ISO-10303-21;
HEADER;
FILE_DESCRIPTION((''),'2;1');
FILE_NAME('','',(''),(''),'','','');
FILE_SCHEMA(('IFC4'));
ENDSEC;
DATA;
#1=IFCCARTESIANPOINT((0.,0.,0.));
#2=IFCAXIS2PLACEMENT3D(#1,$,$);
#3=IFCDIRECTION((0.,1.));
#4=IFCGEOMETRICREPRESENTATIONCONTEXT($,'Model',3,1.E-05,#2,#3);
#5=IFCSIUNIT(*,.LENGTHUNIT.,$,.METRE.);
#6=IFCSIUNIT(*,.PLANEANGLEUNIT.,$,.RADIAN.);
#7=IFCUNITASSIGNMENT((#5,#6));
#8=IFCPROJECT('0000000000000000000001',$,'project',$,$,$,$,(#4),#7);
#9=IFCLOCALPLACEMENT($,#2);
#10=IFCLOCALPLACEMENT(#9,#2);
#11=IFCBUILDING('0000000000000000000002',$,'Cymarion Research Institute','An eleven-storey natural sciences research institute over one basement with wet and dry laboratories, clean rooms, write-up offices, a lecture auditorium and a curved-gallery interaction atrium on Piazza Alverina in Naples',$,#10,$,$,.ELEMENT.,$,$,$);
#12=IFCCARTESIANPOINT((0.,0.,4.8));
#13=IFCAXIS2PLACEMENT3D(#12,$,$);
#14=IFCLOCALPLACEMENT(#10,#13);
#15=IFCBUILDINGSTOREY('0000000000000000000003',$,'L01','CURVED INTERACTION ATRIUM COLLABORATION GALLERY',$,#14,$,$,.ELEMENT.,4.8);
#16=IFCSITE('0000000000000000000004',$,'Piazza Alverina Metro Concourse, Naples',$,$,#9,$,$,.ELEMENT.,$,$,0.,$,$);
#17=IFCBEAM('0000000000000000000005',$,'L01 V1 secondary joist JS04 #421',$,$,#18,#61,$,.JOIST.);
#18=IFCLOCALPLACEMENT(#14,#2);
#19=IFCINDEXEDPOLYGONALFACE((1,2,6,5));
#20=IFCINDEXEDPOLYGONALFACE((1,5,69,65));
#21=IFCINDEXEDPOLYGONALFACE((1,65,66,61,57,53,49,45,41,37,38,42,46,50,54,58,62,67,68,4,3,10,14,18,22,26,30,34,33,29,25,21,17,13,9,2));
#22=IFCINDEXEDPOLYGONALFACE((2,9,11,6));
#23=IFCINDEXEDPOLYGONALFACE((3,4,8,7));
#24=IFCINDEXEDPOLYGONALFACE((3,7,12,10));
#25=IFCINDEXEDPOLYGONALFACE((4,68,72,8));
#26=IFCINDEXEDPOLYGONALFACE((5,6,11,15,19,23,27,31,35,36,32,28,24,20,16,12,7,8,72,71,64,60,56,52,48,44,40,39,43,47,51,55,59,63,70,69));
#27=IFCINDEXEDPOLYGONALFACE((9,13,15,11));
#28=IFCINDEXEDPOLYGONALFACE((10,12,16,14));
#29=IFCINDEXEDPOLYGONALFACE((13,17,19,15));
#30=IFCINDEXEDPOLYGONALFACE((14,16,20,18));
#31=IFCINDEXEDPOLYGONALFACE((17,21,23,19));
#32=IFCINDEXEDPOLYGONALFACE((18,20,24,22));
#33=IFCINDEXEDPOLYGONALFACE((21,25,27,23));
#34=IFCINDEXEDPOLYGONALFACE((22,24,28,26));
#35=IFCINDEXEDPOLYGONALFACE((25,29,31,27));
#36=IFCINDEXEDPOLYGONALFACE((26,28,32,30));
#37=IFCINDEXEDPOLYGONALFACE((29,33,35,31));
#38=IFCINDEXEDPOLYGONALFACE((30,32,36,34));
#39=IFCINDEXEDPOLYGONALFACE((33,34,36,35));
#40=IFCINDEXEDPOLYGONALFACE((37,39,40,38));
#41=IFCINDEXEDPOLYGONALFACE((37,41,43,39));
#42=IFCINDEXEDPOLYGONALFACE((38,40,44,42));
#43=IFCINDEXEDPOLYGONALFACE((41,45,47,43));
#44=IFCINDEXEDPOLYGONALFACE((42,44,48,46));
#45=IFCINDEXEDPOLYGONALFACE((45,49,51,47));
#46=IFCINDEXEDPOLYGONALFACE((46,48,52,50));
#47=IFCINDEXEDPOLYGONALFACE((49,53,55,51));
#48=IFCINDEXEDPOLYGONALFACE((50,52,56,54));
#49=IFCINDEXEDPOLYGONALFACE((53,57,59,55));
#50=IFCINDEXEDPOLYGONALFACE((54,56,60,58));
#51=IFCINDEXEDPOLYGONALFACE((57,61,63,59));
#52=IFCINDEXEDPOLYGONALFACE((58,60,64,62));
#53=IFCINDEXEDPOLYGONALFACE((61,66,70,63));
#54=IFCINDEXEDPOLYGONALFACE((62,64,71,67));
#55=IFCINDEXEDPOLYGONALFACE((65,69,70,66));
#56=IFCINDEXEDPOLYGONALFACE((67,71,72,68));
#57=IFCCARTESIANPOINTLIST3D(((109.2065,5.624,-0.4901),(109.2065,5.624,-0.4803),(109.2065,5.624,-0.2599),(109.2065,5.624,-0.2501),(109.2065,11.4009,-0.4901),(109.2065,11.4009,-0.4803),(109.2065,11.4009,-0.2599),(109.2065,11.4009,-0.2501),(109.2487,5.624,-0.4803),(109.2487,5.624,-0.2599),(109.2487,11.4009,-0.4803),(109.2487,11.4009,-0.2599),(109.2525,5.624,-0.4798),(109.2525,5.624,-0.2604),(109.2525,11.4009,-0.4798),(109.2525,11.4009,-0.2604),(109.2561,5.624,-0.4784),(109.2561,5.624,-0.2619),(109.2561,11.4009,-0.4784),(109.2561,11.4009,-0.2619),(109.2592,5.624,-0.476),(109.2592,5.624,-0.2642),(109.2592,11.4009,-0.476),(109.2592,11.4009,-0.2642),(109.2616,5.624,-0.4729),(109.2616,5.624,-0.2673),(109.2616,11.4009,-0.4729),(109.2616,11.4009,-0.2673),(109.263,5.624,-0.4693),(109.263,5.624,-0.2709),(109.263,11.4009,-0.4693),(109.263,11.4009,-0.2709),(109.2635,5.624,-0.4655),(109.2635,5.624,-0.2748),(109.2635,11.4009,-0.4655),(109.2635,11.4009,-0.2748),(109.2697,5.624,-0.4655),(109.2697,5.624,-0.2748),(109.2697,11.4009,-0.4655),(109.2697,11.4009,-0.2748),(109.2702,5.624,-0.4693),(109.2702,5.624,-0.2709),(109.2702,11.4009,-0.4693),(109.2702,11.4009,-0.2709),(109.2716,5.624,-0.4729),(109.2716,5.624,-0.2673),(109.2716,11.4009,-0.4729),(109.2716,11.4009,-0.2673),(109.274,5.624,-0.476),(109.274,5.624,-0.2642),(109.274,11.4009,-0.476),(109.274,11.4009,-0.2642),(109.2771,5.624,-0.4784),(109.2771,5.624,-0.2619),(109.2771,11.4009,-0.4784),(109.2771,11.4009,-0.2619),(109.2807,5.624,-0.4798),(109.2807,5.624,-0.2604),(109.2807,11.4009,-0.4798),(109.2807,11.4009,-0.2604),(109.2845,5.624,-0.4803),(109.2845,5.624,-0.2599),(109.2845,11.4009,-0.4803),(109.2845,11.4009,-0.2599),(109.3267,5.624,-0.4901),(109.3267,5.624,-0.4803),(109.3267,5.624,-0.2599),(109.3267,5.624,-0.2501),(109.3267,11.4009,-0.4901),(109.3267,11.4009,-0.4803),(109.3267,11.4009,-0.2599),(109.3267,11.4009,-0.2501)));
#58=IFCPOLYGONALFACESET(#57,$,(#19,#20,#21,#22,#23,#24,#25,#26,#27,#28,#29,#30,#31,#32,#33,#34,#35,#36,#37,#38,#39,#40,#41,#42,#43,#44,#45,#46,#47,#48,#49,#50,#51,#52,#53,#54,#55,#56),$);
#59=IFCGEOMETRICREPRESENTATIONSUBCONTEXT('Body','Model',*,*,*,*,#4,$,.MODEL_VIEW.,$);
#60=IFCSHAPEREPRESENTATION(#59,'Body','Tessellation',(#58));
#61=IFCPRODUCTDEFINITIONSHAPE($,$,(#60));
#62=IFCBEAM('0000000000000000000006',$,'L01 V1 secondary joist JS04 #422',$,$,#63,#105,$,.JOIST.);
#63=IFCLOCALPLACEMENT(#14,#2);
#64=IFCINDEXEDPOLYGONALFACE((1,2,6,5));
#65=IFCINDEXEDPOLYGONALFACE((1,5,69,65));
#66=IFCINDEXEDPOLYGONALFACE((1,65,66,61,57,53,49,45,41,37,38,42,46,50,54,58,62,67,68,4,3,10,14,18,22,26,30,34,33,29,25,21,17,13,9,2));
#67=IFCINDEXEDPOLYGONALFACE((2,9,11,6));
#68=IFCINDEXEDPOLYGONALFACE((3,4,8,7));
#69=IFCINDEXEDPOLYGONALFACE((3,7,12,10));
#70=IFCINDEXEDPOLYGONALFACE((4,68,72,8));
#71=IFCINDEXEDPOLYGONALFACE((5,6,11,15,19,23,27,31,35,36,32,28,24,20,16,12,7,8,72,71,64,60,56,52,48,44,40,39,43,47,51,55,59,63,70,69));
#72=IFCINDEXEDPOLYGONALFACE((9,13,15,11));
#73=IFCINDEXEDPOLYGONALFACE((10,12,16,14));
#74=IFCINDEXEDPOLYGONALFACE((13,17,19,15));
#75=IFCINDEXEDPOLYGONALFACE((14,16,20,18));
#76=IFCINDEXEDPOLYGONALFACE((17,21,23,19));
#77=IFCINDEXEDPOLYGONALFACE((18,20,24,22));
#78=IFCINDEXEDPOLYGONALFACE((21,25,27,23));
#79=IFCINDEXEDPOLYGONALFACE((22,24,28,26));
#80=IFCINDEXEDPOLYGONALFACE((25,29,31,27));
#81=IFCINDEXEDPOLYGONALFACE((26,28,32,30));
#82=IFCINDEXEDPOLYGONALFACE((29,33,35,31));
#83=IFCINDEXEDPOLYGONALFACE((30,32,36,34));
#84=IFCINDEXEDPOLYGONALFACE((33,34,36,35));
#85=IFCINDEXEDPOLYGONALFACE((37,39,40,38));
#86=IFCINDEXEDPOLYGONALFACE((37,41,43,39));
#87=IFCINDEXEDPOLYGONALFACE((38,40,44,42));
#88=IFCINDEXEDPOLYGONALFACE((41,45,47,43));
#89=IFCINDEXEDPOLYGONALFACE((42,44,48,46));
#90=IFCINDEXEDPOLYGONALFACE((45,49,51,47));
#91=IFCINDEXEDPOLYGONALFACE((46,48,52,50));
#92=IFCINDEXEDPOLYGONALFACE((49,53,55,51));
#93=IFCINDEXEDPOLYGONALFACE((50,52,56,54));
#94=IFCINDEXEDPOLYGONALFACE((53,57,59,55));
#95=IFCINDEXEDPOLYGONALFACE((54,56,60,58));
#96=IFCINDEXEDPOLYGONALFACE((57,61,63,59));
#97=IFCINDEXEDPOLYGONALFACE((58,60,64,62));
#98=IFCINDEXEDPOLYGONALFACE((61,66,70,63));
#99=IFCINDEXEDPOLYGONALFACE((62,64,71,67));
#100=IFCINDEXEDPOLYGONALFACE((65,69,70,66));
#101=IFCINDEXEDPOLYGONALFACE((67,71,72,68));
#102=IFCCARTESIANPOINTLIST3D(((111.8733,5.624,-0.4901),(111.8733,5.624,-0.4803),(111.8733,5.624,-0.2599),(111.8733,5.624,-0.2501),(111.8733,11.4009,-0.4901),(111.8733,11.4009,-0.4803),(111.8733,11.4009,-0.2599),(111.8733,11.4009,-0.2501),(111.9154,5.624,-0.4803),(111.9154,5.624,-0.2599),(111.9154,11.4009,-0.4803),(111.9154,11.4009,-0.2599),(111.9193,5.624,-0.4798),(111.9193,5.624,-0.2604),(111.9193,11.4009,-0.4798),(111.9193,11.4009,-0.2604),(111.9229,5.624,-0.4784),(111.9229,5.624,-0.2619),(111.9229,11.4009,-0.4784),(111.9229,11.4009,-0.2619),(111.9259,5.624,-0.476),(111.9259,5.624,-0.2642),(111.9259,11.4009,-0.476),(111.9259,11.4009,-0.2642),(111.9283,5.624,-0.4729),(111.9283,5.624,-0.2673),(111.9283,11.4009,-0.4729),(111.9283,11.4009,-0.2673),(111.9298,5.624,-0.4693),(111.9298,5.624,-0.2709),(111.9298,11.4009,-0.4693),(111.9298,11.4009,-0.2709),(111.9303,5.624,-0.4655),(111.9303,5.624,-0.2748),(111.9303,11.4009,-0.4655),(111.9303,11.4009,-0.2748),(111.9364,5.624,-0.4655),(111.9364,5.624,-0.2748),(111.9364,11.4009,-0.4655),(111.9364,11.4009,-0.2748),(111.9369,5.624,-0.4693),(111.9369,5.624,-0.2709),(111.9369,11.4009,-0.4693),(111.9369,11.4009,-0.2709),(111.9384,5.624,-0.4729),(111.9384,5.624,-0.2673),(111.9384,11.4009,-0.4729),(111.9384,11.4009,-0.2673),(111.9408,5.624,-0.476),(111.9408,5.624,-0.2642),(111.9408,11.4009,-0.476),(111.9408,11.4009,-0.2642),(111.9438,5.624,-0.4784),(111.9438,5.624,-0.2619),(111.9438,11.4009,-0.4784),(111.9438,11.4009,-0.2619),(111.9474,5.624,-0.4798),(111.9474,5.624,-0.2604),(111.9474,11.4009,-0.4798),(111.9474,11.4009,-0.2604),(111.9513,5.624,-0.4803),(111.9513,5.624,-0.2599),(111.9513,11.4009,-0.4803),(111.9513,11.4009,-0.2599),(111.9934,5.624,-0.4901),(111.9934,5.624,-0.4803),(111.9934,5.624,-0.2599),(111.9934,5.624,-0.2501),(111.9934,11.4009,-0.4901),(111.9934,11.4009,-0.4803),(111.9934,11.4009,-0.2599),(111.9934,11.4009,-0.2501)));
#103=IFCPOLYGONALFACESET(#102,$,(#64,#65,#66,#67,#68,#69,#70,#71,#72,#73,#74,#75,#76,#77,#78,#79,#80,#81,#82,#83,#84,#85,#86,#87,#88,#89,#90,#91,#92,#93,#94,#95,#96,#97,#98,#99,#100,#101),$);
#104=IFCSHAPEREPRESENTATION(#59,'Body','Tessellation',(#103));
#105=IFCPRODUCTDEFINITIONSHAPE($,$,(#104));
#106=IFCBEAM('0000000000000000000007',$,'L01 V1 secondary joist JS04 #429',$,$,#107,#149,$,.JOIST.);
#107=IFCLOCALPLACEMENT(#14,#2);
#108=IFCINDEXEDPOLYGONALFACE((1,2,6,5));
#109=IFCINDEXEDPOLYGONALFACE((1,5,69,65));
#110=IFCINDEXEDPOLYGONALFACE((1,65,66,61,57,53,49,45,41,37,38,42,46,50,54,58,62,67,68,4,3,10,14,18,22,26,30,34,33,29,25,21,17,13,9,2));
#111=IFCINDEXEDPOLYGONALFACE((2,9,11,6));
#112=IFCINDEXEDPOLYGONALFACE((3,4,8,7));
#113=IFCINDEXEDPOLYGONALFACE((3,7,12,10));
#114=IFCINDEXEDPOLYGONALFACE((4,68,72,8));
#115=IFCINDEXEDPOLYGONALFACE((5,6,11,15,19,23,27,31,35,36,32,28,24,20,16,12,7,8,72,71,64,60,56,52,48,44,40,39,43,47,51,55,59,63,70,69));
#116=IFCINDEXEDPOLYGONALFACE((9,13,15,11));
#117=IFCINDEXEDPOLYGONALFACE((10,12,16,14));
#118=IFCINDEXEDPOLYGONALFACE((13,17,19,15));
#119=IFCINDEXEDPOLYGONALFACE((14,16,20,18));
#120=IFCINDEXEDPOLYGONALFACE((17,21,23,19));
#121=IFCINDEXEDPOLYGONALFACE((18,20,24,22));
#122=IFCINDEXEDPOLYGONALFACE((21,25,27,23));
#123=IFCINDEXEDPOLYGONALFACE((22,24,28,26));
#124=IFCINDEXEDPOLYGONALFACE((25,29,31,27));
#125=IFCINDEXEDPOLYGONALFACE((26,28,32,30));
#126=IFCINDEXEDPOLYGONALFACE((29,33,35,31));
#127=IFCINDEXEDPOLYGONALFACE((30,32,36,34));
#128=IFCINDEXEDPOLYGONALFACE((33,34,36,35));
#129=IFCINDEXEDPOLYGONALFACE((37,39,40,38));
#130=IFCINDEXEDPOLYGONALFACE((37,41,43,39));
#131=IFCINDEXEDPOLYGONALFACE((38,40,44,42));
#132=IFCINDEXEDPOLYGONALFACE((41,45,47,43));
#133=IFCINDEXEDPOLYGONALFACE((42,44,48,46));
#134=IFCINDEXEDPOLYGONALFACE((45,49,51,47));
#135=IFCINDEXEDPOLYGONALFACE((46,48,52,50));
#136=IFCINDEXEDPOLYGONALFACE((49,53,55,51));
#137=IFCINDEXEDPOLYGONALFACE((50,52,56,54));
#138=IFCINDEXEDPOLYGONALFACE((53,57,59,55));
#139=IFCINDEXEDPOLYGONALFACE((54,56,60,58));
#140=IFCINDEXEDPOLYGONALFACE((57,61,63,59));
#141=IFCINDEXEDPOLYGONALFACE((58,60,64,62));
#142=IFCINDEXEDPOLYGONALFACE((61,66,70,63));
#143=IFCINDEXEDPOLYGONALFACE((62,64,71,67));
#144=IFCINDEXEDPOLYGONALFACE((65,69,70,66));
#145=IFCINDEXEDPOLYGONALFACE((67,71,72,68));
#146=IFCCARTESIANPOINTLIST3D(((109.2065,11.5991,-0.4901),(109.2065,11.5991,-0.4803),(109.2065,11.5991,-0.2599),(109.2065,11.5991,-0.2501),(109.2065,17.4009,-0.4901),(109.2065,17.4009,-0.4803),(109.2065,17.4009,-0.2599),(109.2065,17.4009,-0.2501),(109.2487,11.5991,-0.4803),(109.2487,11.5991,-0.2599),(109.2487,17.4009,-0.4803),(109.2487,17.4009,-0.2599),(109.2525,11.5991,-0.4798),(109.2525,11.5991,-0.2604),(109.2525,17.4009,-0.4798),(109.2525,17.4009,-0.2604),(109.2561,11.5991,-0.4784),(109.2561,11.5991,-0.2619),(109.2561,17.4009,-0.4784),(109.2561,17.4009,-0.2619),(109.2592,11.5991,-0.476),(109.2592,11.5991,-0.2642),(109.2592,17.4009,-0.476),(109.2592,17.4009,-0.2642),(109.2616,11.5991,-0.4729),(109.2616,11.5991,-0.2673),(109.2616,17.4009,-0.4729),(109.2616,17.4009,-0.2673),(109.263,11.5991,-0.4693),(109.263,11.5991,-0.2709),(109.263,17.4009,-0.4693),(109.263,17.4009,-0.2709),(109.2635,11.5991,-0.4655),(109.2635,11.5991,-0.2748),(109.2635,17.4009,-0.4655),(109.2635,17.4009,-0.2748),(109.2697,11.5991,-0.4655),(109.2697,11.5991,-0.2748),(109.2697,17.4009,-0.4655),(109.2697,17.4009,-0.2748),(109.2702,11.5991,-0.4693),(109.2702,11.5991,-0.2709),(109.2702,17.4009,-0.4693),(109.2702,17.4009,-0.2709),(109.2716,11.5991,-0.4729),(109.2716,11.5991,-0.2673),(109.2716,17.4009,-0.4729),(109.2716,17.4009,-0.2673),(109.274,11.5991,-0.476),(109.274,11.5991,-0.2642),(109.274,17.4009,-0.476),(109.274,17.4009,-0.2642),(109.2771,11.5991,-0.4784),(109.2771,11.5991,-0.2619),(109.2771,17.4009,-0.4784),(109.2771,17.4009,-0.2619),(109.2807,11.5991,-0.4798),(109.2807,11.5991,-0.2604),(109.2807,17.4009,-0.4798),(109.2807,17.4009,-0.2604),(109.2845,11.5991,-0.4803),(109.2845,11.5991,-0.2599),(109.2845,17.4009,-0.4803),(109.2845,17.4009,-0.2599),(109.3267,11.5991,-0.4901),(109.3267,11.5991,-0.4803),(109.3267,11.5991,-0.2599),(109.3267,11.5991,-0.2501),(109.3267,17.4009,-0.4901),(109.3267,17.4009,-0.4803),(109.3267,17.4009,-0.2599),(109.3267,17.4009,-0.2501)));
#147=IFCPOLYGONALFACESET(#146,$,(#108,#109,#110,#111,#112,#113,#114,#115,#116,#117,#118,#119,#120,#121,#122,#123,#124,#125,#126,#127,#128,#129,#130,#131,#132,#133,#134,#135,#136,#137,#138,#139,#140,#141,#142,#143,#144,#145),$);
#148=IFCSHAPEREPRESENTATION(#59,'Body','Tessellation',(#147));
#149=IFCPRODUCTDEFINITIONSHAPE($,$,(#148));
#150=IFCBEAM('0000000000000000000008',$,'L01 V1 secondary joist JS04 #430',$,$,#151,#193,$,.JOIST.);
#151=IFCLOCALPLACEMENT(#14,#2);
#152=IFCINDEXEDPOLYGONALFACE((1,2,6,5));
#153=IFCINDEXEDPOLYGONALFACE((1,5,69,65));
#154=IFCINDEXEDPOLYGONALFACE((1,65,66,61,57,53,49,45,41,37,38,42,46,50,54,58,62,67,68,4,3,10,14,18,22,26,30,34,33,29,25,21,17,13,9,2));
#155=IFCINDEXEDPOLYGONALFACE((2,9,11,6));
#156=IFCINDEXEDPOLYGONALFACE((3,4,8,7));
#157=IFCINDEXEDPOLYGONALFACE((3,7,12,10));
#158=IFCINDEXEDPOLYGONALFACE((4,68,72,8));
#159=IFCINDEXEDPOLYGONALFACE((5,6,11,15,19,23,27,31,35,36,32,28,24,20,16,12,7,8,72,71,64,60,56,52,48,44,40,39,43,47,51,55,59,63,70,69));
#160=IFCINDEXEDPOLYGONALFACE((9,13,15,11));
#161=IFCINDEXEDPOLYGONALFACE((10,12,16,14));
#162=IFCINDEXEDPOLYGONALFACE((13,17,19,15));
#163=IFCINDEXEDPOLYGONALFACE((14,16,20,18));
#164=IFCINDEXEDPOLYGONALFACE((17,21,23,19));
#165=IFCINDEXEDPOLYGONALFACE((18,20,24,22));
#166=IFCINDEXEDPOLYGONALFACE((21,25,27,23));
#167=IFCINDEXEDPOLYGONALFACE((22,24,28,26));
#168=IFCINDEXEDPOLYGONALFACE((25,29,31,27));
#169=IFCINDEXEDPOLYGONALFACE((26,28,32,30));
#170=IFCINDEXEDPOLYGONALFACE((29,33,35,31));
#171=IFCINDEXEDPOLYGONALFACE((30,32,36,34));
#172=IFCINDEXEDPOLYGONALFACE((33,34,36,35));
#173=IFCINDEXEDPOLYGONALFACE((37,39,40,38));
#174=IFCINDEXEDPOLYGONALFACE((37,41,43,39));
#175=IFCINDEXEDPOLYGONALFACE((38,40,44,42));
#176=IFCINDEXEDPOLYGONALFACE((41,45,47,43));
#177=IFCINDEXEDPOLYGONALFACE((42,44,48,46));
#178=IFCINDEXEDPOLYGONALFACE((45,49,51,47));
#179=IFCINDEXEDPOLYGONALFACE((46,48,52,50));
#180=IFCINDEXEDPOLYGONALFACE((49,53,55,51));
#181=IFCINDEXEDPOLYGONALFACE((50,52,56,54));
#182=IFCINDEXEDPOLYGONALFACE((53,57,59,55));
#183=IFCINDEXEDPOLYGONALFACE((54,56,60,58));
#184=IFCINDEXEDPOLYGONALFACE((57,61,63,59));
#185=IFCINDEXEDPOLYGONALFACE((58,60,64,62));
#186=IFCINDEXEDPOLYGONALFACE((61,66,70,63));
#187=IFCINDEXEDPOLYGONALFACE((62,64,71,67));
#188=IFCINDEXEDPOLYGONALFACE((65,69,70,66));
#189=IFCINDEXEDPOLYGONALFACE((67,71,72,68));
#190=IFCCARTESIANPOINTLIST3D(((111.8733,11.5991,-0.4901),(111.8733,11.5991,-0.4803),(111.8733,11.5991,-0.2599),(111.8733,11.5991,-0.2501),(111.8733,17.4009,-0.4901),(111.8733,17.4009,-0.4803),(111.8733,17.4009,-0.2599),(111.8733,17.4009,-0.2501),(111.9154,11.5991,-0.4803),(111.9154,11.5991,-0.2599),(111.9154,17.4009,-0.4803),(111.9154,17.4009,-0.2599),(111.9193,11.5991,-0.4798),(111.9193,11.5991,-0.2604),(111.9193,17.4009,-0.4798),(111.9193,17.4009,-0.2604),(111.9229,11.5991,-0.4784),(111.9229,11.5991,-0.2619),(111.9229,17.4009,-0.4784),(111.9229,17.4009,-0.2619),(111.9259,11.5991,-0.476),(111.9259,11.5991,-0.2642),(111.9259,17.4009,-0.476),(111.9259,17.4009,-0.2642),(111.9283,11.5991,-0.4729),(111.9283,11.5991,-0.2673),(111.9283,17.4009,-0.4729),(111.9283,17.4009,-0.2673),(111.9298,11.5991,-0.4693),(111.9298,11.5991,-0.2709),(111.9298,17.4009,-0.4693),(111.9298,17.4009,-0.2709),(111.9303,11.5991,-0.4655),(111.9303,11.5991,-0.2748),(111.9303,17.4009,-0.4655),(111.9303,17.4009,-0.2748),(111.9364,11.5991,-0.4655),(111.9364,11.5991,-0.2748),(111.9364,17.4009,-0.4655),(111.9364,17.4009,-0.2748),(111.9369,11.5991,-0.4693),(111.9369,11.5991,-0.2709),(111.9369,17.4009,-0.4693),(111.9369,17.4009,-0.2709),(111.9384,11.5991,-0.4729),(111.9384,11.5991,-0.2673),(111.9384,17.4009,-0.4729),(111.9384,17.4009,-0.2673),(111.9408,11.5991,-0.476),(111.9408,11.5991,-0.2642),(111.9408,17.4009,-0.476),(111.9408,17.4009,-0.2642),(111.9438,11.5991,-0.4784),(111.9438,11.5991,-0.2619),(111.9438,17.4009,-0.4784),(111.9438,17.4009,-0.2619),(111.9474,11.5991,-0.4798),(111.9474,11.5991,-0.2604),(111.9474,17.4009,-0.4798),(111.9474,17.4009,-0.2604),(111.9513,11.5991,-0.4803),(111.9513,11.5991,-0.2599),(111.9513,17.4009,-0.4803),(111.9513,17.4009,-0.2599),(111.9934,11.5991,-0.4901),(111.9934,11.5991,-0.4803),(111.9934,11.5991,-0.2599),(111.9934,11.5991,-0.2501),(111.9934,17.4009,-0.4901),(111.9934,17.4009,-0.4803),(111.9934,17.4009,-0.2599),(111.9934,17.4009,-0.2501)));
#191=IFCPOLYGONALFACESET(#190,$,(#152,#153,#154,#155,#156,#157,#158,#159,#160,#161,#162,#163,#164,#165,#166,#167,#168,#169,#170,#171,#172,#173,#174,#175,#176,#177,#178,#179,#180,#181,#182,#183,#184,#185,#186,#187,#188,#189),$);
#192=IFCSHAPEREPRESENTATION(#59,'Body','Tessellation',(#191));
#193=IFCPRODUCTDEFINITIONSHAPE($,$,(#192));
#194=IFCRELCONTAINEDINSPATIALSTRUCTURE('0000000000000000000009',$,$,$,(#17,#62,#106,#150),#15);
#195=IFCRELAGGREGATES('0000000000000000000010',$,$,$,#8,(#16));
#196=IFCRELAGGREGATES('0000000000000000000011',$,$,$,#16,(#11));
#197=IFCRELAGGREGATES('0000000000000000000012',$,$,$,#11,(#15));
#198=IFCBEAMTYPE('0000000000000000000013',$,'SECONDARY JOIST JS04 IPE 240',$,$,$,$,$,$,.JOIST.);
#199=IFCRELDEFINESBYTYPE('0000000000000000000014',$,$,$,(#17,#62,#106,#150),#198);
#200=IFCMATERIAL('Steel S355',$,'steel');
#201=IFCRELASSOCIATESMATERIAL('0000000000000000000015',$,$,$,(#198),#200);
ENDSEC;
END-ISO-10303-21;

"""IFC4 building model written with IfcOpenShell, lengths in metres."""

from ifc_helpers import new_model, si_unit, direction, frame, origin, origin_2d, place, context, subcontext, project, spatial, i_section, extrude, material, material_profile, profile_set, type_object, element, save


model = new_model("IFC4")

# Units and contexts
model_context = context("Model", 3, precision=1e-05, world=origin(), true_north=direction((0.0, 1.0)))
body_context = subcontext(model_context, "Body", "Model", "MODEL_VIEW")
ifc_project = project(units=[si_unit("LENGTHUNIT", "METRE"), si_unit("PLANEANGLEUNIT", "RADIAN")], contexts=[model_context])

# Site, building, storey
site_placement = place(None, origin())
site = spatial("IfcSite", under=ifc_project, at=site_placement, Name="Piazza Alverina Metro Concourse, Naples", CompositionType="ELEMENT", RefElevation=0.0)
building_placement = place(site_placement, origin())
building = spatial("IfcBuilding", under=site, at=building_placement, Name="Cymarion Research Institute", Description="An eleven-storey natural sciences research institute over one basement with wet and dry laboratories, clean rooms, write-up offices, a lecture auditorium and a curved-gallery interaction atrium on Piazza Alverina in Naples", CompositionType="ELEMENT")
storey_placement = place(building_placement, frame((0.0, 0.0, 4.8)))
storey = spatial("IfcBuildingStorey", under=building, at=storey_placement, Name="L01", Description="CURVED INTERACTION ATRIUM COLLABORATION GALLERY", CompositionType="ELEMENT", Elevation=4.8)

# Shared definitions
ifc_material_1 = material(Name="Steel S355", Category="steel")

# Beams
ifc_material_profile_1 = material_profile(ifc_material_1, i_section(OverallWidth=0.1201, OverallDepth=0.24, WebThickness=0.0061, FlangeThickness=0.0098, FilletRadius=0.0149, at=origin_2d()), Name="IPE 240")
ifc_profile_set_1 = profile_set([ifc_material_profile_1], Name="Steel S355")
beam_type_1 = type_object("IfcBeamType", Name="SECONDARY JOIST JS04 IPE 240", PredefinedType="JOIST", material=ifc_profile_set_1)
for number, where, z_axis, x_axis, name in (
    (1, (109.2666, 5.624, -0.3701), (0.0, 1.0, 0.0), (-1.0, 0.0, 0.0), "L01 V1 secondary joist JS04 #421"),
    (2, (111.9333, 5.624, -0.3701), (0.0, 1.0, 0.0), (-1.0, 0.0, 0.0), "L01 V1 secondary joist JS04 #422"),
):
    element("IfcBeam", number, at=place(storey_placement, frame(where, z_axis=z_axis, x_axis=x_axis)), inside=storey, type_object=beam_type_1, Name=name, PredefinedType="JOIST", context=body_context, shape_type="SweptSolid", body=[
        extrude(i_section(OverallWidth=0.1201, OverallDepth=0.24, WebThickness=0.0061, FlangeThickness=0.0098, FilletRadius=0.0149, at=origin_2d()), origin(), (0.0, 0.0, 1.0), 5.7769),
    ])
for number, where, z_axis, x_axis, name in (
    (3, (109.2666, 11.5991, -0.3701), (0.0, 1.0, 0.0), (-1.0, 0.0, 0.0), "L01 V1 secondary joist JS04 #429"),
    (4, (111.9333, 11.5991, -0.3701), (0.0, 1.0, 0.0), (-1.0, 0.0, 0.0), "L01 V1 secondary joist JS04 #430"),
):
    element("IfcBeam", number, at=place(storey_placement, frame(where, z_axis=z_axis, x_axis=x_axis)), inside=storey, type_object=beam_type_1, Name=name, PredefinedType="JOIST", context=body_context, shape_type="SweptSolid", body=[
        extrude(i_section(OverallWidth=0.1201, OverallDepth=0.24, WebThickness=0.0061, FlangeThickness=0.0098, FilletRadius=0.0149, at=origin_2d()), origin(), (0.0, 0.0, 1.0), 5.8018),
    ])

save(model, "model.ifc")
